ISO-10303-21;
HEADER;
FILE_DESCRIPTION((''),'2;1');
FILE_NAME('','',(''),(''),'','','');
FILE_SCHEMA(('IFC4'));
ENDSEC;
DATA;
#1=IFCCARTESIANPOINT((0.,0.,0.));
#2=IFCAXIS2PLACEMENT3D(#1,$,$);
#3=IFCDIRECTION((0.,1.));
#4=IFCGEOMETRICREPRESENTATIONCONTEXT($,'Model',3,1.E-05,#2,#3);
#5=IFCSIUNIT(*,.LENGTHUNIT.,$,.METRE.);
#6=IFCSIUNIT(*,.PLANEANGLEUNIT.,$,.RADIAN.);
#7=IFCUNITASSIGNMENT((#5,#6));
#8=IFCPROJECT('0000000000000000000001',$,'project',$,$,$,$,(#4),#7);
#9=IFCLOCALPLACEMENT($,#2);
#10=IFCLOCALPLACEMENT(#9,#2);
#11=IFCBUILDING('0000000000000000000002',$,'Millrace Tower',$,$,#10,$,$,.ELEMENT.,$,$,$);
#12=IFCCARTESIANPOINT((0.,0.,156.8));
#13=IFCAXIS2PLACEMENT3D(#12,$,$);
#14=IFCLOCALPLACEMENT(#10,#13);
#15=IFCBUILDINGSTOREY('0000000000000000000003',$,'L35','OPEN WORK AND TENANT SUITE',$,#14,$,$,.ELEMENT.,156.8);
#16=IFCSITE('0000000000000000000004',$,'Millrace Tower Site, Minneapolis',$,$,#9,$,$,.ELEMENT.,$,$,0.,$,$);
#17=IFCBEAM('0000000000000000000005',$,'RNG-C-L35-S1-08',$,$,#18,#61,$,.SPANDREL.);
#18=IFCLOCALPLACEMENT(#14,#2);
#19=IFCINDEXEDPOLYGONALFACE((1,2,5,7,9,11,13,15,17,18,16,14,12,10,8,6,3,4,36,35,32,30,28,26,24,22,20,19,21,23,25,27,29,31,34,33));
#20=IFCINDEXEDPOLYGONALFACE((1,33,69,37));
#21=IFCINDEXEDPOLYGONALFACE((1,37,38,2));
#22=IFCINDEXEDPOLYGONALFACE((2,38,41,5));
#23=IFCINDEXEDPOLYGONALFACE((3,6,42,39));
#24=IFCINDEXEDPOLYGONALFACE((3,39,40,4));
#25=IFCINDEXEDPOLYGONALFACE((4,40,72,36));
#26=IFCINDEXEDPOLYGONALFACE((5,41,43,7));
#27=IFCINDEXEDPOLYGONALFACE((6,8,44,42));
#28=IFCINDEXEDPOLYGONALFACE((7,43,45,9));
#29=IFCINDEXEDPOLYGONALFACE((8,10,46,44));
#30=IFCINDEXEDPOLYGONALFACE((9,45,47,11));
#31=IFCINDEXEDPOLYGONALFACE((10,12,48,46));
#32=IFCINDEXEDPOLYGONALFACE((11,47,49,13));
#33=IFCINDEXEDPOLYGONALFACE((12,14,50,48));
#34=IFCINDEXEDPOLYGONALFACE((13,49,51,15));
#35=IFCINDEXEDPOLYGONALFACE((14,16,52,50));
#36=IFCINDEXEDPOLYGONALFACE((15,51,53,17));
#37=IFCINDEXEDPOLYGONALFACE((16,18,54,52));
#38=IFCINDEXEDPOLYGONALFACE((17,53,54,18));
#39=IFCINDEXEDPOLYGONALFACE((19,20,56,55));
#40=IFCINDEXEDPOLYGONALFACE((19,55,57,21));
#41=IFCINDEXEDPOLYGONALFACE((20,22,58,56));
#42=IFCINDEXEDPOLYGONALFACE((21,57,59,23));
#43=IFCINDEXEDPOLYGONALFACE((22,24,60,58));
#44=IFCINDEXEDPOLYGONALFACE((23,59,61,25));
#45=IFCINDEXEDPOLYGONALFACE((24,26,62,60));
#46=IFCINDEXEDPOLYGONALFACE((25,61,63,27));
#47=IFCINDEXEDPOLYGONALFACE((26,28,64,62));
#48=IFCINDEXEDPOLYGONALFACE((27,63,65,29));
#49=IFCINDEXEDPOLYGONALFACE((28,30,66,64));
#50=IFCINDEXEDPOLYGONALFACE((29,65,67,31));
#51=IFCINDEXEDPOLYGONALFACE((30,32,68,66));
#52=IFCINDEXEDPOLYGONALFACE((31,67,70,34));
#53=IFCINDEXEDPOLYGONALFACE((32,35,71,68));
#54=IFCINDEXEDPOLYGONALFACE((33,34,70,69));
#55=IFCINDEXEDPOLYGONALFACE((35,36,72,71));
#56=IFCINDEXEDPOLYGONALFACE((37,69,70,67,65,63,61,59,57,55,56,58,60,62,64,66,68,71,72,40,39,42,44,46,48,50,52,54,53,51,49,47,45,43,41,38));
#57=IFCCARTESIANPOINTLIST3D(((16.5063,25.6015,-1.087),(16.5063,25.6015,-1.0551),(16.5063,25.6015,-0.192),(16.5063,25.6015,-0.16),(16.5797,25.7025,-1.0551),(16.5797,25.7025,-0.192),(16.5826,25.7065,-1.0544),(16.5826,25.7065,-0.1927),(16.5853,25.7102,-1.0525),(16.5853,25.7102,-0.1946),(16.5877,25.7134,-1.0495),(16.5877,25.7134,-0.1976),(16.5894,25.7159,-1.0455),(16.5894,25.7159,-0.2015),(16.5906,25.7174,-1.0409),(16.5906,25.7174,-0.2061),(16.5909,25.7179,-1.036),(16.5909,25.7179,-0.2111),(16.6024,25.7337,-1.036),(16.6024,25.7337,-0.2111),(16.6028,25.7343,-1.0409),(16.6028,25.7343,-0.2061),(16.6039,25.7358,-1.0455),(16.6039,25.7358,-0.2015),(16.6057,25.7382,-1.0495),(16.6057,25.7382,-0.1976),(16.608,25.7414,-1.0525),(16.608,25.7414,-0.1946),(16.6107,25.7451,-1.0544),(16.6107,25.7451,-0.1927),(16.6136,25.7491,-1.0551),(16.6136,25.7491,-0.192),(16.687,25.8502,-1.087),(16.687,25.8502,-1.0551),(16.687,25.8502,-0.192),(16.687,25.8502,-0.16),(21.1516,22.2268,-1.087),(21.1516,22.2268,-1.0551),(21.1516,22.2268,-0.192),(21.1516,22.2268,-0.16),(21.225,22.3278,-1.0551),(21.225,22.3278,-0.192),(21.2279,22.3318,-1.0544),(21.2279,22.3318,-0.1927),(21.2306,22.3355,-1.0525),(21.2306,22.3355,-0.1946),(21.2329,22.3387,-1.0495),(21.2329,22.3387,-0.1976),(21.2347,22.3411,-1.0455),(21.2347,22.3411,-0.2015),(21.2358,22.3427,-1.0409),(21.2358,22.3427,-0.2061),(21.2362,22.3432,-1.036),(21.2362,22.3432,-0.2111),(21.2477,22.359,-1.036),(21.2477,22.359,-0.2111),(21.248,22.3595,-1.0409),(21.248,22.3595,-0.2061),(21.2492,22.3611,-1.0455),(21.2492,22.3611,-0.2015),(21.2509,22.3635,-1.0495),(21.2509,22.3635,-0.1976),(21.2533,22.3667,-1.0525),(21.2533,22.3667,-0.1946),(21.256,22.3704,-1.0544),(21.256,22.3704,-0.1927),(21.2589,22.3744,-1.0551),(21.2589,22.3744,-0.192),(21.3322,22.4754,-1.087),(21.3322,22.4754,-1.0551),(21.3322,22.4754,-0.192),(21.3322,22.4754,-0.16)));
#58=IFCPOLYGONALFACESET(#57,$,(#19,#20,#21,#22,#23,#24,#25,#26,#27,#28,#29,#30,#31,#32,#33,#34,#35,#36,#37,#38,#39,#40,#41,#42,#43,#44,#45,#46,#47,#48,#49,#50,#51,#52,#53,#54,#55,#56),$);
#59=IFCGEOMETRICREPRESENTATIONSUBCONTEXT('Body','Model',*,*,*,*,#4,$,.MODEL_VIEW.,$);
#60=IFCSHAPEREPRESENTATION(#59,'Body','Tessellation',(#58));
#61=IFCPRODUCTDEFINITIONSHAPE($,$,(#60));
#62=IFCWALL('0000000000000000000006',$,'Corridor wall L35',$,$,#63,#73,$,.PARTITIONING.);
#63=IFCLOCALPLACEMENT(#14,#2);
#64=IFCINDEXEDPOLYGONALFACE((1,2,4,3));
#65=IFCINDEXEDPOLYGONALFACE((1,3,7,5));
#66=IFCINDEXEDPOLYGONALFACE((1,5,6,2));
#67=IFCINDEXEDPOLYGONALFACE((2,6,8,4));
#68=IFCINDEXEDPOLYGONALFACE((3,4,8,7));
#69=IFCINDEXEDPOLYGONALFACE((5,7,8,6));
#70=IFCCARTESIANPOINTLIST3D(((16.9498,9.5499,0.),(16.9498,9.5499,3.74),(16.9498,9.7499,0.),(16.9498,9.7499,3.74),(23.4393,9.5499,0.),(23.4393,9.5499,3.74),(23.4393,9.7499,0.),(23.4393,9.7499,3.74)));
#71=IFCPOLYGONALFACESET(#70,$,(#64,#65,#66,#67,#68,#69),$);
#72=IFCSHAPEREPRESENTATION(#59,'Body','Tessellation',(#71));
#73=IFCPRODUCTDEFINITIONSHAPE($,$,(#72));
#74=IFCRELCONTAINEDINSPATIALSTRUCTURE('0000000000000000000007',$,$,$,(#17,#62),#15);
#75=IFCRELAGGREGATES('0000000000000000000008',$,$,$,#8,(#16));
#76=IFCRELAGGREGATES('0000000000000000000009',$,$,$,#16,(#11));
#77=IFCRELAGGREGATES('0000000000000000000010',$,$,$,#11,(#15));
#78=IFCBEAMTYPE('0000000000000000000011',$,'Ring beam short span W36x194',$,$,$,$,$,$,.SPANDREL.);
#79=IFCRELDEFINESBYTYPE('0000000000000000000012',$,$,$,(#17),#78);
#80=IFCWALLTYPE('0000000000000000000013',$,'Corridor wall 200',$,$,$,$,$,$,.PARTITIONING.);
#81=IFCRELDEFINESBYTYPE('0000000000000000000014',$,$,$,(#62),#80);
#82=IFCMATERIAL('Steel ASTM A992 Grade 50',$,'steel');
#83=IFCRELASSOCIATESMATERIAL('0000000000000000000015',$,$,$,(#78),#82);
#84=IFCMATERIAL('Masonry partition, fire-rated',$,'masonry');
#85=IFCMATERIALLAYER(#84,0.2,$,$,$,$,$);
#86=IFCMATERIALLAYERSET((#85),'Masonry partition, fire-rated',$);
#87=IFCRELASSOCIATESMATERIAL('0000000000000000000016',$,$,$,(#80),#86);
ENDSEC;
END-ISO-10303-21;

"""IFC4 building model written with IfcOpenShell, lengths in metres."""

from ifc_helpers import new_model, si_unit, direction, frame, frame_2d, origin, origin_2d, place, context, subcontext, project, spatial, rectangle, i_section, extrude, material, layer, layer_set, material_profile, profile_set, type_object, element, save


model = new_model("IFC4")

# Units and contexts
model_context = context("Model", 3, precision=1e-05, world=origin(), true_north=direction((0.0, 1.0)))
body_context = subcontext(model_context, "Body", "Model", "MODEL_VIEW")
ifc_project = project(units=[si_unit("LENGTHUNIT", "METRE"), si_unit("PLANEANGLEUNIT", "RADIAN")], contexts=[model_context])

# Site, building, storey
site_placement = place(None, origin())
site = spatial("IfcSite", under=ifc_project, at=site_placement, Name="Millrace Tower Site, Minneapolis", CompositionType="ELEMENT", RefElevation=0.0)
building_placement = place(site_placement, origin())
building = spatial("IfcBuilding", under=site, at=building_placement, Name="Millrace Tower", CompositionType="ELEMENT")
storey_placement = place(building_placement, frame((0.0, 0.0, 156.8)))
storey = spatial("IfcBuildingStorey", under=building, at=storey_placement, Name="L35", Description="OPEN WORK AND TENANT SUITE", CompositionType="ELEMENT", Elevation=156.8)

# Beam
ifc_material_1 = material(Name="Steel ASTM A992 Grade 50", Category="steel")
ifc_material_profile_1 = material_profile(ifc_material_1, i_section(OverallWidth=0.3074, OverallDepth=0.927, WebThickness=0.0195, FlangeThickness=0.032, FilletRadius=0.019, at=origin_2d()))
ifc_profile_set_1 = profile_set([ifc_material_profile_1], Name="Steel ASTM A992 Grade 50")
beam_type_1 = type_object("IfcBeamType", Name="Ring beam short span W36x194", PredefinedType="SPANDREL", material=ifc_profile_set_1)
beam_1_placement = place(storey_placement, frame((16.5967, 25.7258, -0.6235), z_axis=(0.809036, -0.58776, 0.0), x_axis=(0.58776, 0.809036, 0.0)))
element("IfcBeam", 1, at=beam_1_placement, inside=storey, type_object=beam_type_1, Name="RNG-C-L35-S1-08", PredefinedType="SPANDREL", context=body_context, shape_type="SweptSolid", body=[
    extrude(i_section(OverallWidth=0.3074, OverallDepth=0.927, WebThickness=0.0195, FlangeThickness=0.032, FilletRadius=0.019, at=origin_2d()), origin(), (0.0, 0.0, 1.0), 5.7417),
])

# Wall
ifc_material_2 = material(Name="Masonry partition, fire-rated", Category="masonry")
ifc_layer_1 = layer(ifc_material_2, 0.2)
ifc_layer_set_1 = layer_set([ifc_layer_1], Name="Masonry partition, fire-rated")
wall_type = type_object("IfcWallType", Name="Corridor wall 200", PredefinedType="PARTITIONING", material=ifc_layer_set_1)
wall_placement = place(storey_placement, frame((16.95, 9.6499, 0.0), z_axis=(0.0, 0.0, 1.0), x_axis=(1.0, 0.0, 0.0)))
element("IfcWall", 2, at=wall_placement, inside=storey, type_object=wall_type, Name="Corridor wall L35", PredefinedType="PARTITIONING", context=body_context, shape_type="SweptSolid", body=[
    extrude(rectangle(XDim=6.4895, YDim=0.2, at=frame_2d((3.2446, 0.0))), origin(), (0.0, 0.0, 1.0), 3.74),
])

save(model, "model.ifc")
